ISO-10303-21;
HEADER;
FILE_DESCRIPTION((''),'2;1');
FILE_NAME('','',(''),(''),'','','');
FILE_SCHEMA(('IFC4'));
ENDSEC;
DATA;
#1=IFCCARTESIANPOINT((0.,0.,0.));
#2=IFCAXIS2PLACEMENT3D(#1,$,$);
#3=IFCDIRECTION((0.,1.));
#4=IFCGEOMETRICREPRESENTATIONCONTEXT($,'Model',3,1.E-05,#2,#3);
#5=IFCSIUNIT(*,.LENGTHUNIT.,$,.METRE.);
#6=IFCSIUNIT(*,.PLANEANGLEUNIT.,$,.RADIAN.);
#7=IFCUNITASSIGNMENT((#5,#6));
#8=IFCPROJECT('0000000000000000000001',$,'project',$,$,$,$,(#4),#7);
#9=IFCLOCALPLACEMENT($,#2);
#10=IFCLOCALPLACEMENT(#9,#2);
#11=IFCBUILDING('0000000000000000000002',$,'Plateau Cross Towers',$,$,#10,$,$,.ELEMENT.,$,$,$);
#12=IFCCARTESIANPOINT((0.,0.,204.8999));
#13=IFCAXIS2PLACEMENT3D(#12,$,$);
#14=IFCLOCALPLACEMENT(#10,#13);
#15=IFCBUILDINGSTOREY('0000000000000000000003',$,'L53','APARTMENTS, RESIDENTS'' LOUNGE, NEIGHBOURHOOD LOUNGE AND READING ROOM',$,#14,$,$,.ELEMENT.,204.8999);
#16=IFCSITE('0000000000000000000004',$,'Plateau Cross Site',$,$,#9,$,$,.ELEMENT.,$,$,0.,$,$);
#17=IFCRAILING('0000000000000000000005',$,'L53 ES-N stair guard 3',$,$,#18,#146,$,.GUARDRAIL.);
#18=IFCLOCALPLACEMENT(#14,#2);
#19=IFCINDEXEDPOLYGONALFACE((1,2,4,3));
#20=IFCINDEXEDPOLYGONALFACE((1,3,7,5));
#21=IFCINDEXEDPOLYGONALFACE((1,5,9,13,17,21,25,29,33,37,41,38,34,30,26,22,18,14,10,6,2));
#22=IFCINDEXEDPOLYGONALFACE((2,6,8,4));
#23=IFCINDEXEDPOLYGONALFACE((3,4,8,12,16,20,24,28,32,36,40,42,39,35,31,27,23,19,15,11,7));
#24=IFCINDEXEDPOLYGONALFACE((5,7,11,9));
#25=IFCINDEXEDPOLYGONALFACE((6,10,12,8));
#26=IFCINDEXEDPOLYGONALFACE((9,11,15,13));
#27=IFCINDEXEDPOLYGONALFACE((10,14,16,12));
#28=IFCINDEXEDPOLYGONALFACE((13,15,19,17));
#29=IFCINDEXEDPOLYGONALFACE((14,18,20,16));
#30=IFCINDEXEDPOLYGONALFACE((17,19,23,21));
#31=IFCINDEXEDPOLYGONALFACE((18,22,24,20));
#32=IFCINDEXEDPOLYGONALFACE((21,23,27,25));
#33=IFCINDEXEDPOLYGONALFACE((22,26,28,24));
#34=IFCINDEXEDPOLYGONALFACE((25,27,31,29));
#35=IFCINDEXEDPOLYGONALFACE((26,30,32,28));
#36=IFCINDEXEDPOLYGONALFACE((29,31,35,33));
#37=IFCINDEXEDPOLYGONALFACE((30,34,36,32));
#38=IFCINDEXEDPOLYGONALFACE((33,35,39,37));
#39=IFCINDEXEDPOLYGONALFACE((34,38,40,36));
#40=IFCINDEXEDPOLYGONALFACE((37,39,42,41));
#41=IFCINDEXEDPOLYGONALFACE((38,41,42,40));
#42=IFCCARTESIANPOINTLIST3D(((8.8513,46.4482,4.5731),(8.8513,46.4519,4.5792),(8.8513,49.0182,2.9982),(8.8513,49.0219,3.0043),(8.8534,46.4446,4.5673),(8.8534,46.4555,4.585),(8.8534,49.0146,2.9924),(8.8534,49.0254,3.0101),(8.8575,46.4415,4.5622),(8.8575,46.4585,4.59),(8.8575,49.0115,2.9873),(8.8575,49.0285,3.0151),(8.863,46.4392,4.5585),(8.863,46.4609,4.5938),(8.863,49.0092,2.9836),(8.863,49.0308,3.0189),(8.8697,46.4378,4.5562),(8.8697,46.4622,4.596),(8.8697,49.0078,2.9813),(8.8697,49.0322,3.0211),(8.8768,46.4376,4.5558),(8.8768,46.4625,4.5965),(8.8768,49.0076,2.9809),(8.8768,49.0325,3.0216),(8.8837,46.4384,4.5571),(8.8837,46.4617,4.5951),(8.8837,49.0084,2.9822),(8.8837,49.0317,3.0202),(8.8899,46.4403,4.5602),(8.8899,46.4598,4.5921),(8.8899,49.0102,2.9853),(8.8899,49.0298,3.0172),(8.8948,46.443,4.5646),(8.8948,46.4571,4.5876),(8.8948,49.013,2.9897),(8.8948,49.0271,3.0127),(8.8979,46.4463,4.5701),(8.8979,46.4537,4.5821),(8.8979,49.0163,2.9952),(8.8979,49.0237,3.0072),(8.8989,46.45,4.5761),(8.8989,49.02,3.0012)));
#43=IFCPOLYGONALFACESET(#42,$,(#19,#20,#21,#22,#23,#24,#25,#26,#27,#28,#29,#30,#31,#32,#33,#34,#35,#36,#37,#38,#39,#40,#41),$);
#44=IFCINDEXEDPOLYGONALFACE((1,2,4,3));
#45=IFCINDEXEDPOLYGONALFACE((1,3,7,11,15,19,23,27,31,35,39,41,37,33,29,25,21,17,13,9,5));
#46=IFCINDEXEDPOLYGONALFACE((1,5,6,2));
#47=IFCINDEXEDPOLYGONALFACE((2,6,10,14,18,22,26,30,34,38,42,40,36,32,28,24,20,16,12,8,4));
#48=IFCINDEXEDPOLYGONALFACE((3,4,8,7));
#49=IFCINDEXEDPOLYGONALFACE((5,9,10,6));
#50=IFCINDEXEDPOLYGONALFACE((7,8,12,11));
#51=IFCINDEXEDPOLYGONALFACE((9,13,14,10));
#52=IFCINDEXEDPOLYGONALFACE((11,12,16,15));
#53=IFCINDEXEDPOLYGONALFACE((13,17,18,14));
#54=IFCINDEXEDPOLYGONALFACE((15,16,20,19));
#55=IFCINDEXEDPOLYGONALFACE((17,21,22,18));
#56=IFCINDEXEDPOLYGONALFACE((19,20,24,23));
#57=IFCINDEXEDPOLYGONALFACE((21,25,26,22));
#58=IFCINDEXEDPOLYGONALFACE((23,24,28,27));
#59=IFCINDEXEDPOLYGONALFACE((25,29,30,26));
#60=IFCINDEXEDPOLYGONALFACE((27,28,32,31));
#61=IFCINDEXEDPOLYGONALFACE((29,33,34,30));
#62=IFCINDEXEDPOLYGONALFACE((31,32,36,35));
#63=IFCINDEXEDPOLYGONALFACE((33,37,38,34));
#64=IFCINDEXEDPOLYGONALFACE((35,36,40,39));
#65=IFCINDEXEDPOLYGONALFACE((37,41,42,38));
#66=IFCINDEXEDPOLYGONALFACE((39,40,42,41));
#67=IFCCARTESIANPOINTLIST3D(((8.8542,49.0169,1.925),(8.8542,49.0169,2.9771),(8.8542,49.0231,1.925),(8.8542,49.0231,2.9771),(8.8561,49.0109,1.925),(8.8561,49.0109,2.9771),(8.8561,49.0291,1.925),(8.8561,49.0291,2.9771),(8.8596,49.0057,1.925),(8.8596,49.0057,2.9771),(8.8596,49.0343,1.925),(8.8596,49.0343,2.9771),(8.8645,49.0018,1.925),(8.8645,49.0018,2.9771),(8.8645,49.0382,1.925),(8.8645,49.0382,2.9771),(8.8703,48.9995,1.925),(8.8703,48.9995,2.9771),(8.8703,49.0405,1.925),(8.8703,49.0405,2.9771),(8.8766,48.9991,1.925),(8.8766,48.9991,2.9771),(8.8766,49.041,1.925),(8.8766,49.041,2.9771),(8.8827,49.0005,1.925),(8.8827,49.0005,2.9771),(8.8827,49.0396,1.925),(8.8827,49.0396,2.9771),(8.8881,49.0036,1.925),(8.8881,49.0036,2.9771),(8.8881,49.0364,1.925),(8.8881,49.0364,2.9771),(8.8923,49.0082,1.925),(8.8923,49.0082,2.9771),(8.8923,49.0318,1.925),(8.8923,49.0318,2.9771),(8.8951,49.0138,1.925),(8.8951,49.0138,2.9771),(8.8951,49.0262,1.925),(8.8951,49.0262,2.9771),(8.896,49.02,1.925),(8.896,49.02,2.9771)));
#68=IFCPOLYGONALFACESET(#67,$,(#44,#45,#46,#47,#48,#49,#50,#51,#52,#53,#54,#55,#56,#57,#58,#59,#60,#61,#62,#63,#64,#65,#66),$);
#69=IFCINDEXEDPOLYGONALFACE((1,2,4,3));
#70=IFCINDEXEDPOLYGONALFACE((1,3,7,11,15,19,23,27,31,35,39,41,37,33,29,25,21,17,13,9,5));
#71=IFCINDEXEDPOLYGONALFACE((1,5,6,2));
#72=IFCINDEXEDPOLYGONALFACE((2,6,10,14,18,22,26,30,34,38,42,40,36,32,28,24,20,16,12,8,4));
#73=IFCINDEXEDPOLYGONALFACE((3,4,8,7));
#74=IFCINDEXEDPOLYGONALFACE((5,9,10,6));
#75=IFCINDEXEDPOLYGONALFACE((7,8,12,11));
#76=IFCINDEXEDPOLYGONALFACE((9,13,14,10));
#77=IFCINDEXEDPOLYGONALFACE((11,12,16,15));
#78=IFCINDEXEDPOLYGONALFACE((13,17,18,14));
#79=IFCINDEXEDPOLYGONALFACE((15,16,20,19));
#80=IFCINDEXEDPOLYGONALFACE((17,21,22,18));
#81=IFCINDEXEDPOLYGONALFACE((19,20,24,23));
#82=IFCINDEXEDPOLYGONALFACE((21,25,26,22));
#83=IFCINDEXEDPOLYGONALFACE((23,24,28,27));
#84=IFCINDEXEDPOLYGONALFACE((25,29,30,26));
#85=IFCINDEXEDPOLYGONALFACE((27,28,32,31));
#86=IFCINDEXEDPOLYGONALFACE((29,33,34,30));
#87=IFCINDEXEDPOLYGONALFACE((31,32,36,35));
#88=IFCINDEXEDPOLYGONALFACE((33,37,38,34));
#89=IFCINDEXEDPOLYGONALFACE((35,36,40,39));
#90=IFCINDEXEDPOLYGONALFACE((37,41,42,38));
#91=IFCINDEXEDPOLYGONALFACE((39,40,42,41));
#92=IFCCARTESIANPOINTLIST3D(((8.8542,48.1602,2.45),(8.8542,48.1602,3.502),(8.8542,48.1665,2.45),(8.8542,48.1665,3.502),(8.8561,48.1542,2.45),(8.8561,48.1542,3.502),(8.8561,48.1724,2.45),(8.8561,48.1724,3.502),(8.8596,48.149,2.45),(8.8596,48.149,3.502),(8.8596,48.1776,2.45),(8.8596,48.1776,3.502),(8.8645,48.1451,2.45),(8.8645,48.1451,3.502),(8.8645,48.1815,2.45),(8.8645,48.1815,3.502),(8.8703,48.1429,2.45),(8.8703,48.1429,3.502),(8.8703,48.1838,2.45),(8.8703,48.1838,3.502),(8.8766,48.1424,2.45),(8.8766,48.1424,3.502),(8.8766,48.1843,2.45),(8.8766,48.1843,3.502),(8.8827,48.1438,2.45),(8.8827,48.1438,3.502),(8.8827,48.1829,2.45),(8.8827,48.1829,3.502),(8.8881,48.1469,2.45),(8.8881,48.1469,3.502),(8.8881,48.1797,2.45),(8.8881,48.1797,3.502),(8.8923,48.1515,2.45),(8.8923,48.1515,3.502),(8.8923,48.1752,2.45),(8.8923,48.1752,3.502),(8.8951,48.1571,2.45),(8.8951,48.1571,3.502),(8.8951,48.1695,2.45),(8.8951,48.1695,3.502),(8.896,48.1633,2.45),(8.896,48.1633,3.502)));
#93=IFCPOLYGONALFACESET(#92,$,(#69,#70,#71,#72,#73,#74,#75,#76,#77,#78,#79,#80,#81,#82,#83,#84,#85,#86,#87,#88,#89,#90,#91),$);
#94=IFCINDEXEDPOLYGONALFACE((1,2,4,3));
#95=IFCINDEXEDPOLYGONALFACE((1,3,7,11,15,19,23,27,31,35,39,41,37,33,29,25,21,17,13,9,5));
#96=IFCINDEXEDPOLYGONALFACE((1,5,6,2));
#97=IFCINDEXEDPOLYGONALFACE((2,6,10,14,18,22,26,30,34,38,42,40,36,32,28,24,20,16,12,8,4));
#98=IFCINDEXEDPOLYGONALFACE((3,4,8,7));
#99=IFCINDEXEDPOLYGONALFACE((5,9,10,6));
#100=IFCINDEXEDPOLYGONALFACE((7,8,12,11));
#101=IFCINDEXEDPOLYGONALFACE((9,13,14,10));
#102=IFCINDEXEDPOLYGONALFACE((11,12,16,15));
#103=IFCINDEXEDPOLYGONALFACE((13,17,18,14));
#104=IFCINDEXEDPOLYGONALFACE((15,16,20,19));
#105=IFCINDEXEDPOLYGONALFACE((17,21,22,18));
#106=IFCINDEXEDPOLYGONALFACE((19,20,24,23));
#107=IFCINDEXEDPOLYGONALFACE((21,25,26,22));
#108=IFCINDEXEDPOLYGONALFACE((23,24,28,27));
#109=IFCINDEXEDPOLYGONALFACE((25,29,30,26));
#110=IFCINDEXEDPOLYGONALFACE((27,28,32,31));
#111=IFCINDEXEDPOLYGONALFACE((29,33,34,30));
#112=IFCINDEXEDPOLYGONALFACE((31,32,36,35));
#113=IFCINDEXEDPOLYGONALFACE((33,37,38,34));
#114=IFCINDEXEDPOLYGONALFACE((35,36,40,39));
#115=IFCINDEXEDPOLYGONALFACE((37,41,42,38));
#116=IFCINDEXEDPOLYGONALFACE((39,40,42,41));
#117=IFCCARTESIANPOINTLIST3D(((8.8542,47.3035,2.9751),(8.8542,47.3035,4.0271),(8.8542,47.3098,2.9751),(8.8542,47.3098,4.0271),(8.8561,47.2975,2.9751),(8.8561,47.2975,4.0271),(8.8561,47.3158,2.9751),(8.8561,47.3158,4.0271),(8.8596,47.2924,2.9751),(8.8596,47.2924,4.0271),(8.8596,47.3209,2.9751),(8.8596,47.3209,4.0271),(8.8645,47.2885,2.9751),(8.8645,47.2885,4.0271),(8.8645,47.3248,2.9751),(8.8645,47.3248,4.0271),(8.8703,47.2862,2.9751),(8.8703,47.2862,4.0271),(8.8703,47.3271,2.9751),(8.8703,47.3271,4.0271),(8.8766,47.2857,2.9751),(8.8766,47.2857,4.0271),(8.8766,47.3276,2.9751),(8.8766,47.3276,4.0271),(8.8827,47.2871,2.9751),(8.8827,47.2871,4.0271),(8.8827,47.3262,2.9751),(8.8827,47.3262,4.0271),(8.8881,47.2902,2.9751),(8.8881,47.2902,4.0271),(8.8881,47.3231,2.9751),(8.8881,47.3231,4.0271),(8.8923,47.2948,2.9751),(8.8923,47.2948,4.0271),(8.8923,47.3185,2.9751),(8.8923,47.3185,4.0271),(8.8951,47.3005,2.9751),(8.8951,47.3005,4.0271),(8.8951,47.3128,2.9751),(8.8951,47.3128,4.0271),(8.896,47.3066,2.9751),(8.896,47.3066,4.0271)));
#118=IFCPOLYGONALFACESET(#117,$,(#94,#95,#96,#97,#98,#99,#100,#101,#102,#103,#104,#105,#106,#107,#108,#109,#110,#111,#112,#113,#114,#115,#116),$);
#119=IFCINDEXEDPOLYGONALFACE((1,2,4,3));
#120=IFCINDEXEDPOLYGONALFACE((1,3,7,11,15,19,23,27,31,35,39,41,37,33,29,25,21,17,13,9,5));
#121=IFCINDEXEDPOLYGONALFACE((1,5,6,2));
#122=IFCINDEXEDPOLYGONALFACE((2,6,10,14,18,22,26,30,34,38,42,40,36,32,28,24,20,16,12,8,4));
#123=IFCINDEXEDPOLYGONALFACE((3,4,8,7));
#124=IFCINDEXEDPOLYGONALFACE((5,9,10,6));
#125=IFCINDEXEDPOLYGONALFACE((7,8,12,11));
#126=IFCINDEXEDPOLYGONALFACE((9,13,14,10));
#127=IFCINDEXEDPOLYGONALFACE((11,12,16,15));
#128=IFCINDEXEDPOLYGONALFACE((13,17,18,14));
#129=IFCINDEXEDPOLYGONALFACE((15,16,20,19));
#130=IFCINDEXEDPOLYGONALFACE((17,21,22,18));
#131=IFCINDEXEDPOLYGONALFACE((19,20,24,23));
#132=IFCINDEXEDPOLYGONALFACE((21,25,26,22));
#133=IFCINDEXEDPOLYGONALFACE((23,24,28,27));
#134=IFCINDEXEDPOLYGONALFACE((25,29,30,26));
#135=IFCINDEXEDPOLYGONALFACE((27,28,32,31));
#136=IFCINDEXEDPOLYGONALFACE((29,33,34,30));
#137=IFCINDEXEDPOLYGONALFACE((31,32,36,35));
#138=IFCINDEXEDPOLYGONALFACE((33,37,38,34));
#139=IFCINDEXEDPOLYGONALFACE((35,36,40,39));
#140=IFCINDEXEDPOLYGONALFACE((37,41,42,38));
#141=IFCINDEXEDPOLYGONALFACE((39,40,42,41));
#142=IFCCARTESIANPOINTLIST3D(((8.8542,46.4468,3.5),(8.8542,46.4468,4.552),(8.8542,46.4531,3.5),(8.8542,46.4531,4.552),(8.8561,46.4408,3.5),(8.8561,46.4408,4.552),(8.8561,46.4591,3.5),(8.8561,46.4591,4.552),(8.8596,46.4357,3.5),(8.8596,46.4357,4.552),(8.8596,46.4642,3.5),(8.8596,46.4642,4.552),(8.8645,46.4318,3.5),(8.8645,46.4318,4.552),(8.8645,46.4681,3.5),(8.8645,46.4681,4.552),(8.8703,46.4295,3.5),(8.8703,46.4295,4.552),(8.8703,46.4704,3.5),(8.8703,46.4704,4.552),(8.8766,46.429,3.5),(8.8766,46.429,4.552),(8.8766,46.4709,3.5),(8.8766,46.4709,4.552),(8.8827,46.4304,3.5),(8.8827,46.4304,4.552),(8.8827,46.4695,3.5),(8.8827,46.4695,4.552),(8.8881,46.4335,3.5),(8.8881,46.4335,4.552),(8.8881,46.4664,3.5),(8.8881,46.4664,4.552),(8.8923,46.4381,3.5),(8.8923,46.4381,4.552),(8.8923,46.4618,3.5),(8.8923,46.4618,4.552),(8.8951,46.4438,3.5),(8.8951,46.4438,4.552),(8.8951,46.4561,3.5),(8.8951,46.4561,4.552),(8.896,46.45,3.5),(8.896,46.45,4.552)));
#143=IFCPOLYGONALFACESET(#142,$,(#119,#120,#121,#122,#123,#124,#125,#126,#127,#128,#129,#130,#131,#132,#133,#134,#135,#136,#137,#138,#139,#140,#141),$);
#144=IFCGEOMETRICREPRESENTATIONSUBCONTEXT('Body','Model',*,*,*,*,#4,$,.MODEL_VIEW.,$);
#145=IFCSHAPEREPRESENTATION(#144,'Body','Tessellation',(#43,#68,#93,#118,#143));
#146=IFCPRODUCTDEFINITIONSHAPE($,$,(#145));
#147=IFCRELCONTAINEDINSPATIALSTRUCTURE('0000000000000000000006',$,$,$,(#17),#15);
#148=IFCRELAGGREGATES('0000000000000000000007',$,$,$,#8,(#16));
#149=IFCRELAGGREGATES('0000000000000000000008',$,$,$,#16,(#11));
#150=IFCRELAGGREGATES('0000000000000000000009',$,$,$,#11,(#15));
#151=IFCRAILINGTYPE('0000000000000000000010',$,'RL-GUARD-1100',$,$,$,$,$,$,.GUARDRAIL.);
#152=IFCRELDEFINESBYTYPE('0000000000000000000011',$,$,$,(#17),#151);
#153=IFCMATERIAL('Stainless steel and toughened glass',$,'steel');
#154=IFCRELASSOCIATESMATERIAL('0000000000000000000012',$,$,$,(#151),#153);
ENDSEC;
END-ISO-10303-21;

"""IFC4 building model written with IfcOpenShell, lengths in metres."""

from ifc_helpers import new_model, si_unit, direction, frame, origin, origin_2d, place, context, subcontext, project, spatial, circle, extrude, material, type_object, element, save


model = new_model("IFC4")

# Units and contexts
model_context = context("Model", 3, precision=1e-05, world=origin(), true_north=direction((0.0, 1.0)))
body_context = subcontext(model_context, "Body", "Model", "MODEL_VIEW")
ifc_project = project(units=[si_unit("LENGTHUNIT", "METRE"), si_unit("PLANEANGLEUNIT", "RADIAN")], contexts=[model_context])

# Site, building, storey
site_placement = place(None, origin())
site = spatial("IfcSite", under=ifc_project, at=site_placement, Name="Plateau Cross Site", CompositionType="ELEMENT", RefElevation=0.0)
building_placement = place(site_placement, origin())
building = spatial("IfcBuilding", under=site, at=building_placement, Name="Plateau Cross Towers", CompositionType="ELEMENT")
storey_placement = place(building_placement, frame((0.0, 0.0, 204.8999)))
storey = spatial("IfcBuildingStorey", under=building, at=storey_placement, Name="L53", Description="APARTMENTS, RESIDENTS' LOUNGE, NEIGHBOURHOOD LOUNGE AND READING ROOM", CompositionType="ELEMENT", Elevation=204.8999)

# Railing
ifc_material_1 = material(Name="Stainless steel and toughened glass", Category="steel")
railing_type_1 = type_object("IfcRailingType", Name="RL-GUARD-1100", PredefinedType="GUARDRAIL", material=ifc_material_1)
railing_1_placement = place(storey_placement, frame((8.875, 49.02, 1.925)))
element("IfcRailing", 1, at=railing_1_placement, inside=storey, type_object=railing_type_1, Name="L53 ES-N stair guard 3", PredefinedType="GUARDRAIL", context=body_context, shape_type="SweptSolid", body=[
    extrude(circle(Radius=0.0239, at=origin_2d()), frame((0.0, 0.0, 1.0762), z_axis=(0.0, -0.852639, 0.522501), x_axis=(1.0, 0.0, 0.0)), (0.0, 0.0, 1.0), 3.0142),
    extrude(circle(Radius=0.021, at=origin_2d()), origin(), (0.0, 0.0, 1.0), 1.052),
    extrude(circle(Radius=0.021, at=origin_2d()), frame((0.0, -0.8567, 0.5249)), (0.0, 0.0, 1.0), 1.052),
    extrude(circle(Radius=0.021, at=origin_2d()), frame((0.0, -1.7134, 1.05)), (0.0, 0.0, 1.0), 1.052),
    extrude(circle(Radius=0.021, at=origin_2d()), frame((0.0, -2.5701, 1.575)), (0.0, 0.0, 1.0), 1.052),
])

save(model, "model.ifc")
